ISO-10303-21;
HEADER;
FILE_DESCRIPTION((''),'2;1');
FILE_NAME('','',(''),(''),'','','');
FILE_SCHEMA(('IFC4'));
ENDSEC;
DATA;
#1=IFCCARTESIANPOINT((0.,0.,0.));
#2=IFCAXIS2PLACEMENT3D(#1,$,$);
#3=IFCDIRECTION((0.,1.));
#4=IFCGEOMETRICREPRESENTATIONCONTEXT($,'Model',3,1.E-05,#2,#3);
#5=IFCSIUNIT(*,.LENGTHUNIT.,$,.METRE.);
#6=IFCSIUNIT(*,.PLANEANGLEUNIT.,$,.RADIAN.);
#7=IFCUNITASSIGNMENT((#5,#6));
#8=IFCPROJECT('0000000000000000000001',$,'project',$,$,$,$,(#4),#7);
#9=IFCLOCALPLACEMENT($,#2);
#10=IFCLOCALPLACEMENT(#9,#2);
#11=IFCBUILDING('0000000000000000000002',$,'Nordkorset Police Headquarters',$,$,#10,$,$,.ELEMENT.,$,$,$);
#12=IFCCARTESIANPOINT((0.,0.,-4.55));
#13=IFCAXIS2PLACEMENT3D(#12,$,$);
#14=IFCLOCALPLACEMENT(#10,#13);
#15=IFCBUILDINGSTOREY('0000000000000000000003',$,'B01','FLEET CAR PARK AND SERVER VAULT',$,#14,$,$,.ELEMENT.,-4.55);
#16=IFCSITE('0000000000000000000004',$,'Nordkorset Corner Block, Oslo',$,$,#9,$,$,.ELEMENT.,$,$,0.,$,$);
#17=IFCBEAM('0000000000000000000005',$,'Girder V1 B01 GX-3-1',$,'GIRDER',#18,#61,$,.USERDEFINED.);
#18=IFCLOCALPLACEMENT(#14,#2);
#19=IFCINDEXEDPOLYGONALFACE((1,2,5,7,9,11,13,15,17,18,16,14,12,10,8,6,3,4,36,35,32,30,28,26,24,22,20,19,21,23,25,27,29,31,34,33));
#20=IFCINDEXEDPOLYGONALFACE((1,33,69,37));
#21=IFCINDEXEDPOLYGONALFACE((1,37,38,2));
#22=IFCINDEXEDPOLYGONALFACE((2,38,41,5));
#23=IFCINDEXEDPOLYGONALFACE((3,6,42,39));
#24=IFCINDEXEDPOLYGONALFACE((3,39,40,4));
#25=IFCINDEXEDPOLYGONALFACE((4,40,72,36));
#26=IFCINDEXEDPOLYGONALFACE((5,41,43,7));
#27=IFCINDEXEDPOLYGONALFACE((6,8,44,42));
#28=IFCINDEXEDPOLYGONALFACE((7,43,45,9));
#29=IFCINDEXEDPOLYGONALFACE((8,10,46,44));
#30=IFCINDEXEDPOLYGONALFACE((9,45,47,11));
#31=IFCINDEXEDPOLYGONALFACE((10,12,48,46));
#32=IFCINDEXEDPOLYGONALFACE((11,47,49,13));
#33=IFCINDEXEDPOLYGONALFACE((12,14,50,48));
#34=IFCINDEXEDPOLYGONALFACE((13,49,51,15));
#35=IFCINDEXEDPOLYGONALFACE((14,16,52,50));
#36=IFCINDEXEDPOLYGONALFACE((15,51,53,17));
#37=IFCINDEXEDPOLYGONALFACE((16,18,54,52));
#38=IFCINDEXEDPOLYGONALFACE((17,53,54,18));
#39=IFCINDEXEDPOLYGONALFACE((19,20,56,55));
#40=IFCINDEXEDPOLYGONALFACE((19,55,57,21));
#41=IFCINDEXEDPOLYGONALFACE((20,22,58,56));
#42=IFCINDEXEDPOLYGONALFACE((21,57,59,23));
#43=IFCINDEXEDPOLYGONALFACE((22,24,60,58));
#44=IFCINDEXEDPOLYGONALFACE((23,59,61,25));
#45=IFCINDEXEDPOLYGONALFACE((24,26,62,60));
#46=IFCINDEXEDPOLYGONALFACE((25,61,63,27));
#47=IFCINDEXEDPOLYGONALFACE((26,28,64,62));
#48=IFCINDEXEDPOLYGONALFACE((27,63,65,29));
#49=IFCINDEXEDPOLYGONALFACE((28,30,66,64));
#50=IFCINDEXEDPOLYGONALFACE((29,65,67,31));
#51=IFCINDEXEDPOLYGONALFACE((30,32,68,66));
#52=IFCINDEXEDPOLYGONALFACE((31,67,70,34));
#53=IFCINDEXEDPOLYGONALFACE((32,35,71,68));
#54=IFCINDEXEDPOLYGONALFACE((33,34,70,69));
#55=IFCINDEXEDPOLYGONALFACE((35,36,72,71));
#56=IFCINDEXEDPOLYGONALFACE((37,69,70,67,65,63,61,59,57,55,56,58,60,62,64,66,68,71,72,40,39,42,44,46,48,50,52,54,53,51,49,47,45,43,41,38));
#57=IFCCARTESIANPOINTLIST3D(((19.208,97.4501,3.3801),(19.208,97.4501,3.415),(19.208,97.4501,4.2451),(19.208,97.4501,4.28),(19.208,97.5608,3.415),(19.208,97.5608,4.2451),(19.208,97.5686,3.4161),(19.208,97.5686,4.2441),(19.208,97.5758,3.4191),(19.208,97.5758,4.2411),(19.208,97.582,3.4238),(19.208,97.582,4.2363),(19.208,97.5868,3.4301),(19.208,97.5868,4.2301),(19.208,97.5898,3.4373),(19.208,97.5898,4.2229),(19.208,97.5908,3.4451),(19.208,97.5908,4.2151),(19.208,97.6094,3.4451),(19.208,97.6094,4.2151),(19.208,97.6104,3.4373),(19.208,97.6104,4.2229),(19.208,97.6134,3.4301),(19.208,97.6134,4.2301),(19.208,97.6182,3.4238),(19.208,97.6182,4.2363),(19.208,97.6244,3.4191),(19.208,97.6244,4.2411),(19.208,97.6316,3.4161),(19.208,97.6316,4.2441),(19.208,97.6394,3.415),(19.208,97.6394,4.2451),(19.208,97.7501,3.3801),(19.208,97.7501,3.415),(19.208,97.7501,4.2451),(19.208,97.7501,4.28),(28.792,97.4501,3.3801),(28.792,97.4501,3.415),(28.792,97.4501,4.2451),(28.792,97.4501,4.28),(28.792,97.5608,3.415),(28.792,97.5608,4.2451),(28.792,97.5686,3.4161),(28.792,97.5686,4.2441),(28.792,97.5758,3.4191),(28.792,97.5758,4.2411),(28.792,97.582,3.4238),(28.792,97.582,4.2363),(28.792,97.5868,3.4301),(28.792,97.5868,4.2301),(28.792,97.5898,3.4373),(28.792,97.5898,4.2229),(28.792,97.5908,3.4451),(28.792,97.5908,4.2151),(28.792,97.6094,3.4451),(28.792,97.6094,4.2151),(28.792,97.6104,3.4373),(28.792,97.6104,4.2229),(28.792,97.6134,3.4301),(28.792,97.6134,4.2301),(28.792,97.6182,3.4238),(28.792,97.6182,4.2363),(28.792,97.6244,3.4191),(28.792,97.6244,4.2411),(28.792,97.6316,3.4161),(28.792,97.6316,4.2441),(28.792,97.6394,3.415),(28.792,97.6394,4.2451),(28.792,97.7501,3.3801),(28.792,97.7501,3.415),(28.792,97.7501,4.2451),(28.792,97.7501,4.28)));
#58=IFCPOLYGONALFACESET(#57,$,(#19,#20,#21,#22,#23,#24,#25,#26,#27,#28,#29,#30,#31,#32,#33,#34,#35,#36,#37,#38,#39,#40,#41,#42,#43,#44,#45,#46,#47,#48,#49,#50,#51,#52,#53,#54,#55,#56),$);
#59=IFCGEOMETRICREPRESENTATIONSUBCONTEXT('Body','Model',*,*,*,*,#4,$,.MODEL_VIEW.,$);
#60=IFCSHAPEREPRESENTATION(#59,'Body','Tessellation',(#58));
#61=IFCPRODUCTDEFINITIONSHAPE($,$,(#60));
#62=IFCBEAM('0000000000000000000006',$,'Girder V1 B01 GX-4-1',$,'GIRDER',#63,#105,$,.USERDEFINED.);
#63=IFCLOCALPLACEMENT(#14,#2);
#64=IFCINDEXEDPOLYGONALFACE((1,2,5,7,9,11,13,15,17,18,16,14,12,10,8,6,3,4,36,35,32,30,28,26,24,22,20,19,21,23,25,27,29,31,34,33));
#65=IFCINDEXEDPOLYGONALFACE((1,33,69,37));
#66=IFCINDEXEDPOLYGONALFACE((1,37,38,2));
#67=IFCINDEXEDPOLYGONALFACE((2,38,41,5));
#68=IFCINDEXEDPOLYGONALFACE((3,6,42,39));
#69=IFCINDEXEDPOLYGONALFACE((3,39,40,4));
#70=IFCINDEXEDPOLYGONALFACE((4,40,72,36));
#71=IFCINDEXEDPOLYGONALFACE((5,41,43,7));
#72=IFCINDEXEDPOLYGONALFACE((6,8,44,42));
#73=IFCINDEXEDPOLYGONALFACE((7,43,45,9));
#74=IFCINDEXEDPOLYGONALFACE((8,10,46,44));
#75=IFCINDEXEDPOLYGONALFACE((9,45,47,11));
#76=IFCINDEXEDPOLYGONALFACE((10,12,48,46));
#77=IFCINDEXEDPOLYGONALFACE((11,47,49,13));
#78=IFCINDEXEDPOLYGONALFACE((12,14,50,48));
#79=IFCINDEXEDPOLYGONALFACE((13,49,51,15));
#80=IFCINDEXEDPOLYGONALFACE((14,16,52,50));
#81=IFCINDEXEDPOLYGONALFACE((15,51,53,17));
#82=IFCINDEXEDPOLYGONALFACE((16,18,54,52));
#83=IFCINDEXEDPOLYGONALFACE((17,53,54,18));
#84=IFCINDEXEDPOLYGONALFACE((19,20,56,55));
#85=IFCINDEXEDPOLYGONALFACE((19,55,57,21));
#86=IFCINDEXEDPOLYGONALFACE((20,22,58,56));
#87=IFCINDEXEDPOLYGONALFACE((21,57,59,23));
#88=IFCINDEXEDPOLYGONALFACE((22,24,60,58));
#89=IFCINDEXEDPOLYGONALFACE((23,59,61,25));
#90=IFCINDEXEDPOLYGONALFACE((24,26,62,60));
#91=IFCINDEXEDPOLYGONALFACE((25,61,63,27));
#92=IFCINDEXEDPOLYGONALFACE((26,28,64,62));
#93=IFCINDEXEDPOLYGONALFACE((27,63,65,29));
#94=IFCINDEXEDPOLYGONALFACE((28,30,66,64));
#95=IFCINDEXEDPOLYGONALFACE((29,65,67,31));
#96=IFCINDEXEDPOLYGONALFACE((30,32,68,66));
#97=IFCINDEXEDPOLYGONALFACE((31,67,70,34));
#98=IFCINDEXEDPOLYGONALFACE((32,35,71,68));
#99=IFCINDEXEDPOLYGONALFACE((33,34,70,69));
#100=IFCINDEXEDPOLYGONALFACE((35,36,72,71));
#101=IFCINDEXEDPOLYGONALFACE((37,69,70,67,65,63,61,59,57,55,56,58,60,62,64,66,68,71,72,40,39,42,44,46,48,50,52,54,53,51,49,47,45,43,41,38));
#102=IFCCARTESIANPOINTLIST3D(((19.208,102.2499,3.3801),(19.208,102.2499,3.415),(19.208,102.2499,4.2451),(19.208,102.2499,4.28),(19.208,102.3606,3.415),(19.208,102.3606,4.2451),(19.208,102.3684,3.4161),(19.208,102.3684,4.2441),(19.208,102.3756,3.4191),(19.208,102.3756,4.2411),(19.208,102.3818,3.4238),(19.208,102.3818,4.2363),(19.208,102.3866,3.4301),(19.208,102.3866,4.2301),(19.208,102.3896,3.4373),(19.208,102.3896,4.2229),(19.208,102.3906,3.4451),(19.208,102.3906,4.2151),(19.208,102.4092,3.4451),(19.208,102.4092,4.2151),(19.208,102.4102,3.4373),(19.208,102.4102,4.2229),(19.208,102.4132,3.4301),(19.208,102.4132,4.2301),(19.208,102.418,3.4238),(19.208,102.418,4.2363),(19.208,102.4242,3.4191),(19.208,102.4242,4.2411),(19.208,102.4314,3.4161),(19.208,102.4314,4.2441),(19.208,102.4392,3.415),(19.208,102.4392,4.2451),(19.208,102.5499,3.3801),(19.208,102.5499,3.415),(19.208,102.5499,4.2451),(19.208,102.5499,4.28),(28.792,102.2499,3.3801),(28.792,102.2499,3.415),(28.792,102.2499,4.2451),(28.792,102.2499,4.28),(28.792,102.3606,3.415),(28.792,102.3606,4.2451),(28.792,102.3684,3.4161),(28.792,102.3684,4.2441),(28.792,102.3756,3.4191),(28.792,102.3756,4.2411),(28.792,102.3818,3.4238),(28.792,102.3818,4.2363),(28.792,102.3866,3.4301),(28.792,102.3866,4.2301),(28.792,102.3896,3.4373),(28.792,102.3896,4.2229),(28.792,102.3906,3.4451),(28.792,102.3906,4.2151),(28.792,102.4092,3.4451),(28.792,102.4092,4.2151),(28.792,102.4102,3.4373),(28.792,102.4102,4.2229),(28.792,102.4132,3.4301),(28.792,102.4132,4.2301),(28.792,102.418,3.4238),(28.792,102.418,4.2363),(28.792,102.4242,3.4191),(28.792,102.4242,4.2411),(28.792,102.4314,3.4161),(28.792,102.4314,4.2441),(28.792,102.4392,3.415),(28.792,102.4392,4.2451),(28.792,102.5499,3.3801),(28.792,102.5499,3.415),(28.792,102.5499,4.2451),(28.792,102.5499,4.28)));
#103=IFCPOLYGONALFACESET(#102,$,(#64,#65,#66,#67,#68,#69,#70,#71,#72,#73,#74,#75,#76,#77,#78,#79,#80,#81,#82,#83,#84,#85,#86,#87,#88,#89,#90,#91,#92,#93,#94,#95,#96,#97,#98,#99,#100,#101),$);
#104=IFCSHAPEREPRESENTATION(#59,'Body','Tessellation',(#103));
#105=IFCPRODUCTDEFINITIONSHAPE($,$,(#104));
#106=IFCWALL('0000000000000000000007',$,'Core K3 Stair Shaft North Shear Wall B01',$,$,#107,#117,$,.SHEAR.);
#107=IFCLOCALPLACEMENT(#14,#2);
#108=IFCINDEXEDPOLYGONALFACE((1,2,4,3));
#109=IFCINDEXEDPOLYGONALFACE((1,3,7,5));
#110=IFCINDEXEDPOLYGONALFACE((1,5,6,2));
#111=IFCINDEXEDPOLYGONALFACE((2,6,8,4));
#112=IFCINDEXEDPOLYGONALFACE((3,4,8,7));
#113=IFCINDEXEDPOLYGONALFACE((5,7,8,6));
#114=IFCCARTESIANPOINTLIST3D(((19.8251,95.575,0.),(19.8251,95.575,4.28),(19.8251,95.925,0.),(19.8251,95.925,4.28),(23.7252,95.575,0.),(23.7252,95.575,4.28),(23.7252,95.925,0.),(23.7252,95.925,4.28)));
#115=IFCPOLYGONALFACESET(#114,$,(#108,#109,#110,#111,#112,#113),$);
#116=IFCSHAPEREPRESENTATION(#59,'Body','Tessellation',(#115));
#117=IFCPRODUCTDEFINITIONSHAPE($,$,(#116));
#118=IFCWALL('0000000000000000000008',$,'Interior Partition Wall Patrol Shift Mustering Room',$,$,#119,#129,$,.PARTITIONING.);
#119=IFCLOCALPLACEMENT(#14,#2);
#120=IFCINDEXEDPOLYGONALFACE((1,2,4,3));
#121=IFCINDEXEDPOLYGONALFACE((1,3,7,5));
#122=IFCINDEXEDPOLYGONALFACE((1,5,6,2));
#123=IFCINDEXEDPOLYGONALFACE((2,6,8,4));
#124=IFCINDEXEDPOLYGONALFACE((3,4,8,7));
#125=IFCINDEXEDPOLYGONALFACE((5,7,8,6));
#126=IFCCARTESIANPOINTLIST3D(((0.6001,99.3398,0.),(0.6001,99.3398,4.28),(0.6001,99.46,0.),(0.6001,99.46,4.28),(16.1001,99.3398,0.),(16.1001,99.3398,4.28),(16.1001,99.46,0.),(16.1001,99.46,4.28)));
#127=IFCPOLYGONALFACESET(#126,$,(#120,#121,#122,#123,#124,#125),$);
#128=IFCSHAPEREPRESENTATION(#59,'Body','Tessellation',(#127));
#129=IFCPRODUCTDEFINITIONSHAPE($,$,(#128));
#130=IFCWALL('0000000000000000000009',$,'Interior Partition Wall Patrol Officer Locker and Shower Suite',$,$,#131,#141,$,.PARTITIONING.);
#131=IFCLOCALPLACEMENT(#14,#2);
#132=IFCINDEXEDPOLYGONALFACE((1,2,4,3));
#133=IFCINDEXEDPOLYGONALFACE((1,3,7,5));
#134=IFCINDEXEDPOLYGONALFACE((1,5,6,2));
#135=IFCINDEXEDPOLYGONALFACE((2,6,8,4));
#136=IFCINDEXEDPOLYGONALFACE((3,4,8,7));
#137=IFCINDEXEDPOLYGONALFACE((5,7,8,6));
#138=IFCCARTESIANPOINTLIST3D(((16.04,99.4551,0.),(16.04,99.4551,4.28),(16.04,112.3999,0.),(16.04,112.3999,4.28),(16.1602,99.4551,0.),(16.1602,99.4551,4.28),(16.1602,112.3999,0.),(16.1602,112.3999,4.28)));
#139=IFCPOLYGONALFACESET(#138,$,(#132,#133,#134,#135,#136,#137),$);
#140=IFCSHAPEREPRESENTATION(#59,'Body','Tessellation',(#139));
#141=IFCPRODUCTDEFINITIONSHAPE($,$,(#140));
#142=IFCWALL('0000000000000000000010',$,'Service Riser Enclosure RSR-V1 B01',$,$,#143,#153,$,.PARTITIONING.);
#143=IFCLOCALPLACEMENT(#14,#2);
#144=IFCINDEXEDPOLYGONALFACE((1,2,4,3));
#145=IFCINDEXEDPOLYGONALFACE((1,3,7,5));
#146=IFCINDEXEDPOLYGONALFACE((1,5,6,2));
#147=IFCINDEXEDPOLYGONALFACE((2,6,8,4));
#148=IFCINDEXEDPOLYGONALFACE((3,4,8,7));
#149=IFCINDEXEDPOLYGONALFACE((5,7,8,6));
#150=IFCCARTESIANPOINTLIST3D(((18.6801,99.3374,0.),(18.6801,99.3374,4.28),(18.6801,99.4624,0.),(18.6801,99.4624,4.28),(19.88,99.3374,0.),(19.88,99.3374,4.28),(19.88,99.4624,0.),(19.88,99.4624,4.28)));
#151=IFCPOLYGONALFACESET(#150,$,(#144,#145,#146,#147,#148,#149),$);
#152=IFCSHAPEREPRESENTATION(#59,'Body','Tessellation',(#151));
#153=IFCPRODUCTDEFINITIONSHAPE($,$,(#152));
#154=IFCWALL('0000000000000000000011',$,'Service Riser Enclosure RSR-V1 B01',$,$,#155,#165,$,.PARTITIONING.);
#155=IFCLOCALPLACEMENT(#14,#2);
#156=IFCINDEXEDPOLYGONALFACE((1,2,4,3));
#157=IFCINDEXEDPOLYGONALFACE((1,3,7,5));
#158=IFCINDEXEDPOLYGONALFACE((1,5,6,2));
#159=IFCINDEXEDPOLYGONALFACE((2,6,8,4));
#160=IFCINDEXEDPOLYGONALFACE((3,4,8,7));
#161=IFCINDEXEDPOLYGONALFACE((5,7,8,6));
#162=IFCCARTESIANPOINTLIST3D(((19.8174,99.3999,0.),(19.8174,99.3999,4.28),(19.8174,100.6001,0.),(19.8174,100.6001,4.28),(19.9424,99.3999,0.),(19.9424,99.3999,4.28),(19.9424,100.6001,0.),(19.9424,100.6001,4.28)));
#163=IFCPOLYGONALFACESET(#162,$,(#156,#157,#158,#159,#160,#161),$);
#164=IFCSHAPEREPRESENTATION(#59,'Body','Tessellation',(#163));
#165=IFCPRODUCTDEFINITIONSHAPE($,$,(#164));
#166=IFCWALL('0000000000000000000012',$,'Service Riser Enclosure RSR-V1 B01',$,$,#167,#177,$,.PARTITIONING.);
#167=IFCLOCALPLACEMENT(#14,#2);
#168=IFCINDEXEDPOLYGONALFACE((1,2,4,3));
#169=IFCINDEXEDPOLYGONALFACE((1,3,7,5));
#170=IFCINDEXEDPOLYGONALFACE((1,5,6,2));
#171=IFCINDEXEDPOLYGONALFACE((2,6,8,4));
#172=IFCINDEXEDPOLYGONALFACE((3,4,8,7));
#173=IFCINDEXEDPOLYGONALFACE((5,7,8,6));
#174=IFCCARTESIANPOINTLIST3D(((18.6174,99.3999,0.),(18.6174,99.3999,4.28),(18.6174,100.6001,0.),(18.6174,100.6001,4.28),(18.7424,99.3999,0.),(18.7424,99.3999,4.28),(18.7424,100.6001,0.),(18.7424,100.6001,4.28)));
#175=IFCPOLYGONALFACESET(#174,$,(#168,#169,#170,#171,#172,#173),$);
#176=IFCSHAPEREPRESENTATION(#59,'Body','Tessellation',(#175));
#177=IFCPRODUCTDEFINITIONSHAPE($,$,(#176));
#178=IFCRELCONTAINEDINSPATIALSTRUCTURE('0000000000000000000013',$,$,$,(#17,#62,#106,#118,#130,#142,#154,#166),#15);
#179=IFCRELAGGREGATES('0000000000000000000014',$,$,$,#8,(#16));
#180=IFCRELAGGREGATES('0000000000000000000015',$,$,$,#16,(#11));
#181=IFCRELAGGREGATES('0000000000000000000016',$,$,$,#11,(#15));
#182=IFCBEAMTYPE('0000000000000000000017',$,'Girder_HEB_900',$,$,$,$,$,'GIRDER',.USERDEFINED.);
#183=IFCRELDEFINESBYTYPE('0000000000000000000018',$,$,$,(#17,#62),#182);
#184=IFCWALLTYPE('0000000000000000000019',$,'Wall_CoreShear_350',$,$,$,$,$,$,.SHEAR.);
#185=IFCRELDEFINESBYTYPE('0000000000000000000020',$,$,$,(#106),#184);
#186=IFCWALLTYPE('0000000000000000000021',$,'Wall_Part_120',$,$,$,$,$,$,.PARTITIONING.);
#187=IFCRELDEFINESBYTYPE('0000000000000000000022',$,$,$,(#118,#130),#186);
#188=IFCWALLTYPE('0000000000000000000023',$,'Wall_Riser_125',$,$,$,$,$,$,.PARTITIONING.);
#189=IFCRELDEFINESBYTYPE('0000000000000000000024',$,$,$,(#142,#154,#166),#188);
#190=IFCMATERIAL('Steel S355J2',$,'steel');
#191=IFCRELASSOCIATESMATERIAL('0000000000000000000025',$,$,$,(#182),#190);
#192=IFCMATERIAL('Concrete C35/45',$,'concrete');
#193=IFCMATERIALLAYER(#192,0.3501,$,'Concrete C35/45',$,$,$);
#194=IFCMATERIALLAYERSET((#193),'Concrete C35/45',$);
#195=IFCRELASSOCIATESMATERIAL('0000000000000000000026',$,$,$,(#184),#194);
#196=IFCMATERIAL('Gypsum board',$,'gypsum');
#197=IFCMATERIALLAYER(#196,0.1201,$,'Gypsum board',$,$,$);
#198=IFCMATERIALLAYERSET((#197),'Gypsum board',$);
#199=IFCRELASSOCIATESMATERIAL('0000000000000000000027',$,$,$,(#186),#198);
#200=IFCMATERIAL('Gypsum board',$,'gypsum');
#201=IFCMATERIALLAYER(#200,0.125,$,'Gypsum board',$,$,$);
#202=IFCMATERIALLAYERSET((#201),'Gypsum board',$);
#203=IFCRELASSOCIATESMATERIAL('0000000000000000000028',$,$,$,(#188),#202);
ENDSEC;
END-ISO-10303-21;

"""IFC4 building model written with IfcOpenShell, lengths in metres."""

from ifc_helpers import new_model, si_unit, direction, frame, frame_2d, origin, origin_2d, place, context, subcontext, project, spatial, rectangle, i_section, extrude, material, layer, layer_set, material_profile, profile_set, type_object, element, save


model = new_model("IFC4")

# Units and contexts
model_context = context("Model", 3, precision=1e-05, world=origin(), true_north=direction((0.0, 1.0)))
body_context = subcontext(model_context, "Body", "Model", "MODEL_VIEW")
ifc_project = project(units=[si_unit("LENGTHUNIT", "METRE"), si_unit("PLANEANGLEUNIT", "RADIAN")], contexts=[model_context])

# Site, building, storey
site_placement = place(None, origin())
site = spatial("IfcSite", under=ifc_project, at=site_placement, Name="Nordkorset Corner Block, Oslo", CompositionType="ELEMENT", RefElevation=0.0)
building_placement = place(site_placement, origin())
building = spatial("IfcBuilding", under=site, at=building_placement, Name="Nordkorset Police Headquarters", CompositionType="ELEMENT")
storey_placement = place(building_placement, frame((0.0, 0.0, -4.55)))
storey = spatial("IfcBuildingStorey", under=building, at=storey_placement, Name="B01", Description="FLEET CAR PARK AND SERVER VAULT", CompositionType="ELEMENT", Elevation=-4.55)

# Beams
ifc_material_1 = material(Name="Steel S355J2", Category="steel")
ifc_material_profile_1 = material_profile(ifc_material_1, i_section(OverallWidth=0.3, OverallDepth=0.8999, WebThickness=0.0186, FlangeThickness=0.0349, FilletRadius=0.03, at=origin_2d()), Name="HEB 900")
ifc_profile_set_1 = profile_set([ifc_material_profile_1], Name="Steel S355J2")
beam_type_1 = type_object("IfcBeamType", Name="Girder_HEB_900", ElementType="GIRDER", PredefinedType="USERDEFINED", material=ifc_profile_set_1)
for number, where, z_axis, x_axis, name in (
    (1, (19.208, 97.6001, 3.8301), (1.0, 0.0, 0.0), (0.0, 1.0, 0.0), "Girder V1 B01 GX-3-1"),
    (2, (19.208, 102.3999, 3.8301), (1.0, 0.0, 0.0), (0.0, 1.0, 0.0), "Girder V1 B01 GX-4-1"),
):
    element("IfcBeam", number, at=place(storey_placement, frame(where, z_axis=z_axis, x_axis=x_axis)), inside=storey, type_object=beam_type_1, Name=name, ObjectType="GIRDER", PredefinedType="USERDEFINED", context=body_context, shape_type="SweptSolid", body=[
        extrude(i_section(OverallWidth=0.3, OverallDepth=0.8999, WebThickness=0.0186, FlangeThickness=0.0349, FilletRadius=0.03, at=origin_2d()), origin(), (0.0, 0.0, 1.0), 9.584),
    ])

# Shared definitions
ifc_material_2 = material(Name="Concrete C35/45", Category="concrete")
ifc_layer_1 = layer(ifc_material_2, 0.3501, Name="Concrete C35/45")
ifc_layer_set_1 = layer_set([ifc_layer_1], Name="Concrete C35/45")
wall_type_1 = type_object("IfcWallType", Name="Wall_CoreShear_350", PredefinedType="SHEAR", material=ifc_layer_set_1)

# Walls
wall_1_placement = place(storey_placement, frame((19.825, 95.75, 0.0), z_axis=(0.0, 0.0, 1.0), x_axis=(1.0, 0.0, 0.0)))
element("IfcWall", 3, at=wall_1_placement, inside=storey, type_object=wall_type_1, Name="Core K3 Stair Shaft North Shear Wall B01", PredefinedType="SHEAR", context=body_context, shape_type="SweptSolid", body=[
    extrude(rectangle(XDim=3.9001, YDim=0.3501, at=frame_2d((1.9502, 0.0))), origin(), (0.0, 0.0, 1.0), 4.28),
])
ifc_material_3 = material(Name="Gypsum board", Category="gypsum")
ifc_layer_2 = layer(ifc_material_3, 0.1201, Name="Gypsum board")
ifc_layer_set_2 = layer_set([ifc_layer_2], Name="Gypsum board")
wall_type_2 = type_object("IfcWallType", Name="Wall_Part_120", PredefinedType="PARTITIONING", material=ifc_layer_set_2)
wall_2_placement = place(storey_placement, frame((16.1001, 99.3999, 0.0), z_axis=(0.0, 0.0, 1.0), x_axis=(-1.0, 0.0, 0.0)))
element("IfcWall", 4, at=wall_2_placement, inside=storey, type_object=wall_type_2, Name="Interior Partition Wall Patrol Shift Mustering Room", PredefinedType="PARTITIONING", context=body_context, shape_type="SweptSolid", body=[
    extrude(rectangle(XDim=15.5, YDim=0.1201, at=frame_2d((7.75, 0.0))), origin(), (0.0, 0.0, 1.0), 4.28),
])
wall_3_placement = place(storey_placement, frame((16.1001, 99.4551, 0.0), z_axis=(0.0, 0.0, 1.0), x_axis=(0.0, 1.0, 0.0)))
element("IfcWall", 5, at=wall_3_placement, inside=storey, type_object=wall_type_2, Name="Interior Partition Wall Patrol Officer Locker and Shower Suite", PredefinedType="PARTITIONING", context=body_context, shape_type="SweptSolid", body=[
    extrude(rectangle(XDim=12.9448, YDim=0.1201, at=frame_2d((6.4724, 0.0))), origin(), (0.0, 0.0, 1.0), 4.28),
])
ifc_material_4 = material(Name="Gypsum board", Category="gypsum")
ifc_layer_3 = layer(ifc_material_4, 0.125, Name="Gypsum board")
ifc_layer_set_3 = layer_set([ifc_layer_3], Name="Gypsum board")
wall_type_3 = type_object("IfcWallType", Name="Wall_Riser_125", PredefinedType="PARTITIONING", material=ifc_layer_set_3)
wall_4_placement = place(storey_placement, frame((18.6799, 99.3999, 0.0), z_axis=(0.0, 0.0, 1.0), x_axis=(1.0, 0.0, 0.0)))
element("IfcWall", 6, at=wall_4_placement, inside=storey, type_object=wall_type_3, Name="Service Riser Enclosure RSR-V1 B01", PredefinedType="PARTITIONING", context=body_context, shape_type="SweptSolid", body=[
    extrude(rectangle(XDim=1.2, YDim=0.125, at=frame_2d((0.6001, 0.0))), origin(), (0.0, 0.0, 1.0), 4.28),
])
for number, where, z_axis, x_axis, name in (
    (7, (19.8799, 99.3999, 0.0), (0.0, 0.0, 1.0), (0.0, 1.0, 0.0), "Service Riser Enclosure RSR-V1 B01"),
    (8, (18.6799, 100.6001, 0.0), (0.0, 0.0, 1.0), (0.0, -1.0, 0.0), "Service Riser Enclosure RSR-V1 B01"),
):
    element("IfcWall", number, at=place(storey_placement, frame(where, z_axis=z_axis, x_axis=x_axis)), inside=storey, type_object=wall_type_3, Name=name, PredefinedType="PARTITIONING", context=body_context, shape_type="SweptSolid", body=[
        extrude(rectangle(XDim=1.2002, YDim=0.125, at=frame_2d((0.6001, 0.0))), origin(), (0.0, 0.0, 1.0), 4.28),
    ])

save(model, "model.ifc")
